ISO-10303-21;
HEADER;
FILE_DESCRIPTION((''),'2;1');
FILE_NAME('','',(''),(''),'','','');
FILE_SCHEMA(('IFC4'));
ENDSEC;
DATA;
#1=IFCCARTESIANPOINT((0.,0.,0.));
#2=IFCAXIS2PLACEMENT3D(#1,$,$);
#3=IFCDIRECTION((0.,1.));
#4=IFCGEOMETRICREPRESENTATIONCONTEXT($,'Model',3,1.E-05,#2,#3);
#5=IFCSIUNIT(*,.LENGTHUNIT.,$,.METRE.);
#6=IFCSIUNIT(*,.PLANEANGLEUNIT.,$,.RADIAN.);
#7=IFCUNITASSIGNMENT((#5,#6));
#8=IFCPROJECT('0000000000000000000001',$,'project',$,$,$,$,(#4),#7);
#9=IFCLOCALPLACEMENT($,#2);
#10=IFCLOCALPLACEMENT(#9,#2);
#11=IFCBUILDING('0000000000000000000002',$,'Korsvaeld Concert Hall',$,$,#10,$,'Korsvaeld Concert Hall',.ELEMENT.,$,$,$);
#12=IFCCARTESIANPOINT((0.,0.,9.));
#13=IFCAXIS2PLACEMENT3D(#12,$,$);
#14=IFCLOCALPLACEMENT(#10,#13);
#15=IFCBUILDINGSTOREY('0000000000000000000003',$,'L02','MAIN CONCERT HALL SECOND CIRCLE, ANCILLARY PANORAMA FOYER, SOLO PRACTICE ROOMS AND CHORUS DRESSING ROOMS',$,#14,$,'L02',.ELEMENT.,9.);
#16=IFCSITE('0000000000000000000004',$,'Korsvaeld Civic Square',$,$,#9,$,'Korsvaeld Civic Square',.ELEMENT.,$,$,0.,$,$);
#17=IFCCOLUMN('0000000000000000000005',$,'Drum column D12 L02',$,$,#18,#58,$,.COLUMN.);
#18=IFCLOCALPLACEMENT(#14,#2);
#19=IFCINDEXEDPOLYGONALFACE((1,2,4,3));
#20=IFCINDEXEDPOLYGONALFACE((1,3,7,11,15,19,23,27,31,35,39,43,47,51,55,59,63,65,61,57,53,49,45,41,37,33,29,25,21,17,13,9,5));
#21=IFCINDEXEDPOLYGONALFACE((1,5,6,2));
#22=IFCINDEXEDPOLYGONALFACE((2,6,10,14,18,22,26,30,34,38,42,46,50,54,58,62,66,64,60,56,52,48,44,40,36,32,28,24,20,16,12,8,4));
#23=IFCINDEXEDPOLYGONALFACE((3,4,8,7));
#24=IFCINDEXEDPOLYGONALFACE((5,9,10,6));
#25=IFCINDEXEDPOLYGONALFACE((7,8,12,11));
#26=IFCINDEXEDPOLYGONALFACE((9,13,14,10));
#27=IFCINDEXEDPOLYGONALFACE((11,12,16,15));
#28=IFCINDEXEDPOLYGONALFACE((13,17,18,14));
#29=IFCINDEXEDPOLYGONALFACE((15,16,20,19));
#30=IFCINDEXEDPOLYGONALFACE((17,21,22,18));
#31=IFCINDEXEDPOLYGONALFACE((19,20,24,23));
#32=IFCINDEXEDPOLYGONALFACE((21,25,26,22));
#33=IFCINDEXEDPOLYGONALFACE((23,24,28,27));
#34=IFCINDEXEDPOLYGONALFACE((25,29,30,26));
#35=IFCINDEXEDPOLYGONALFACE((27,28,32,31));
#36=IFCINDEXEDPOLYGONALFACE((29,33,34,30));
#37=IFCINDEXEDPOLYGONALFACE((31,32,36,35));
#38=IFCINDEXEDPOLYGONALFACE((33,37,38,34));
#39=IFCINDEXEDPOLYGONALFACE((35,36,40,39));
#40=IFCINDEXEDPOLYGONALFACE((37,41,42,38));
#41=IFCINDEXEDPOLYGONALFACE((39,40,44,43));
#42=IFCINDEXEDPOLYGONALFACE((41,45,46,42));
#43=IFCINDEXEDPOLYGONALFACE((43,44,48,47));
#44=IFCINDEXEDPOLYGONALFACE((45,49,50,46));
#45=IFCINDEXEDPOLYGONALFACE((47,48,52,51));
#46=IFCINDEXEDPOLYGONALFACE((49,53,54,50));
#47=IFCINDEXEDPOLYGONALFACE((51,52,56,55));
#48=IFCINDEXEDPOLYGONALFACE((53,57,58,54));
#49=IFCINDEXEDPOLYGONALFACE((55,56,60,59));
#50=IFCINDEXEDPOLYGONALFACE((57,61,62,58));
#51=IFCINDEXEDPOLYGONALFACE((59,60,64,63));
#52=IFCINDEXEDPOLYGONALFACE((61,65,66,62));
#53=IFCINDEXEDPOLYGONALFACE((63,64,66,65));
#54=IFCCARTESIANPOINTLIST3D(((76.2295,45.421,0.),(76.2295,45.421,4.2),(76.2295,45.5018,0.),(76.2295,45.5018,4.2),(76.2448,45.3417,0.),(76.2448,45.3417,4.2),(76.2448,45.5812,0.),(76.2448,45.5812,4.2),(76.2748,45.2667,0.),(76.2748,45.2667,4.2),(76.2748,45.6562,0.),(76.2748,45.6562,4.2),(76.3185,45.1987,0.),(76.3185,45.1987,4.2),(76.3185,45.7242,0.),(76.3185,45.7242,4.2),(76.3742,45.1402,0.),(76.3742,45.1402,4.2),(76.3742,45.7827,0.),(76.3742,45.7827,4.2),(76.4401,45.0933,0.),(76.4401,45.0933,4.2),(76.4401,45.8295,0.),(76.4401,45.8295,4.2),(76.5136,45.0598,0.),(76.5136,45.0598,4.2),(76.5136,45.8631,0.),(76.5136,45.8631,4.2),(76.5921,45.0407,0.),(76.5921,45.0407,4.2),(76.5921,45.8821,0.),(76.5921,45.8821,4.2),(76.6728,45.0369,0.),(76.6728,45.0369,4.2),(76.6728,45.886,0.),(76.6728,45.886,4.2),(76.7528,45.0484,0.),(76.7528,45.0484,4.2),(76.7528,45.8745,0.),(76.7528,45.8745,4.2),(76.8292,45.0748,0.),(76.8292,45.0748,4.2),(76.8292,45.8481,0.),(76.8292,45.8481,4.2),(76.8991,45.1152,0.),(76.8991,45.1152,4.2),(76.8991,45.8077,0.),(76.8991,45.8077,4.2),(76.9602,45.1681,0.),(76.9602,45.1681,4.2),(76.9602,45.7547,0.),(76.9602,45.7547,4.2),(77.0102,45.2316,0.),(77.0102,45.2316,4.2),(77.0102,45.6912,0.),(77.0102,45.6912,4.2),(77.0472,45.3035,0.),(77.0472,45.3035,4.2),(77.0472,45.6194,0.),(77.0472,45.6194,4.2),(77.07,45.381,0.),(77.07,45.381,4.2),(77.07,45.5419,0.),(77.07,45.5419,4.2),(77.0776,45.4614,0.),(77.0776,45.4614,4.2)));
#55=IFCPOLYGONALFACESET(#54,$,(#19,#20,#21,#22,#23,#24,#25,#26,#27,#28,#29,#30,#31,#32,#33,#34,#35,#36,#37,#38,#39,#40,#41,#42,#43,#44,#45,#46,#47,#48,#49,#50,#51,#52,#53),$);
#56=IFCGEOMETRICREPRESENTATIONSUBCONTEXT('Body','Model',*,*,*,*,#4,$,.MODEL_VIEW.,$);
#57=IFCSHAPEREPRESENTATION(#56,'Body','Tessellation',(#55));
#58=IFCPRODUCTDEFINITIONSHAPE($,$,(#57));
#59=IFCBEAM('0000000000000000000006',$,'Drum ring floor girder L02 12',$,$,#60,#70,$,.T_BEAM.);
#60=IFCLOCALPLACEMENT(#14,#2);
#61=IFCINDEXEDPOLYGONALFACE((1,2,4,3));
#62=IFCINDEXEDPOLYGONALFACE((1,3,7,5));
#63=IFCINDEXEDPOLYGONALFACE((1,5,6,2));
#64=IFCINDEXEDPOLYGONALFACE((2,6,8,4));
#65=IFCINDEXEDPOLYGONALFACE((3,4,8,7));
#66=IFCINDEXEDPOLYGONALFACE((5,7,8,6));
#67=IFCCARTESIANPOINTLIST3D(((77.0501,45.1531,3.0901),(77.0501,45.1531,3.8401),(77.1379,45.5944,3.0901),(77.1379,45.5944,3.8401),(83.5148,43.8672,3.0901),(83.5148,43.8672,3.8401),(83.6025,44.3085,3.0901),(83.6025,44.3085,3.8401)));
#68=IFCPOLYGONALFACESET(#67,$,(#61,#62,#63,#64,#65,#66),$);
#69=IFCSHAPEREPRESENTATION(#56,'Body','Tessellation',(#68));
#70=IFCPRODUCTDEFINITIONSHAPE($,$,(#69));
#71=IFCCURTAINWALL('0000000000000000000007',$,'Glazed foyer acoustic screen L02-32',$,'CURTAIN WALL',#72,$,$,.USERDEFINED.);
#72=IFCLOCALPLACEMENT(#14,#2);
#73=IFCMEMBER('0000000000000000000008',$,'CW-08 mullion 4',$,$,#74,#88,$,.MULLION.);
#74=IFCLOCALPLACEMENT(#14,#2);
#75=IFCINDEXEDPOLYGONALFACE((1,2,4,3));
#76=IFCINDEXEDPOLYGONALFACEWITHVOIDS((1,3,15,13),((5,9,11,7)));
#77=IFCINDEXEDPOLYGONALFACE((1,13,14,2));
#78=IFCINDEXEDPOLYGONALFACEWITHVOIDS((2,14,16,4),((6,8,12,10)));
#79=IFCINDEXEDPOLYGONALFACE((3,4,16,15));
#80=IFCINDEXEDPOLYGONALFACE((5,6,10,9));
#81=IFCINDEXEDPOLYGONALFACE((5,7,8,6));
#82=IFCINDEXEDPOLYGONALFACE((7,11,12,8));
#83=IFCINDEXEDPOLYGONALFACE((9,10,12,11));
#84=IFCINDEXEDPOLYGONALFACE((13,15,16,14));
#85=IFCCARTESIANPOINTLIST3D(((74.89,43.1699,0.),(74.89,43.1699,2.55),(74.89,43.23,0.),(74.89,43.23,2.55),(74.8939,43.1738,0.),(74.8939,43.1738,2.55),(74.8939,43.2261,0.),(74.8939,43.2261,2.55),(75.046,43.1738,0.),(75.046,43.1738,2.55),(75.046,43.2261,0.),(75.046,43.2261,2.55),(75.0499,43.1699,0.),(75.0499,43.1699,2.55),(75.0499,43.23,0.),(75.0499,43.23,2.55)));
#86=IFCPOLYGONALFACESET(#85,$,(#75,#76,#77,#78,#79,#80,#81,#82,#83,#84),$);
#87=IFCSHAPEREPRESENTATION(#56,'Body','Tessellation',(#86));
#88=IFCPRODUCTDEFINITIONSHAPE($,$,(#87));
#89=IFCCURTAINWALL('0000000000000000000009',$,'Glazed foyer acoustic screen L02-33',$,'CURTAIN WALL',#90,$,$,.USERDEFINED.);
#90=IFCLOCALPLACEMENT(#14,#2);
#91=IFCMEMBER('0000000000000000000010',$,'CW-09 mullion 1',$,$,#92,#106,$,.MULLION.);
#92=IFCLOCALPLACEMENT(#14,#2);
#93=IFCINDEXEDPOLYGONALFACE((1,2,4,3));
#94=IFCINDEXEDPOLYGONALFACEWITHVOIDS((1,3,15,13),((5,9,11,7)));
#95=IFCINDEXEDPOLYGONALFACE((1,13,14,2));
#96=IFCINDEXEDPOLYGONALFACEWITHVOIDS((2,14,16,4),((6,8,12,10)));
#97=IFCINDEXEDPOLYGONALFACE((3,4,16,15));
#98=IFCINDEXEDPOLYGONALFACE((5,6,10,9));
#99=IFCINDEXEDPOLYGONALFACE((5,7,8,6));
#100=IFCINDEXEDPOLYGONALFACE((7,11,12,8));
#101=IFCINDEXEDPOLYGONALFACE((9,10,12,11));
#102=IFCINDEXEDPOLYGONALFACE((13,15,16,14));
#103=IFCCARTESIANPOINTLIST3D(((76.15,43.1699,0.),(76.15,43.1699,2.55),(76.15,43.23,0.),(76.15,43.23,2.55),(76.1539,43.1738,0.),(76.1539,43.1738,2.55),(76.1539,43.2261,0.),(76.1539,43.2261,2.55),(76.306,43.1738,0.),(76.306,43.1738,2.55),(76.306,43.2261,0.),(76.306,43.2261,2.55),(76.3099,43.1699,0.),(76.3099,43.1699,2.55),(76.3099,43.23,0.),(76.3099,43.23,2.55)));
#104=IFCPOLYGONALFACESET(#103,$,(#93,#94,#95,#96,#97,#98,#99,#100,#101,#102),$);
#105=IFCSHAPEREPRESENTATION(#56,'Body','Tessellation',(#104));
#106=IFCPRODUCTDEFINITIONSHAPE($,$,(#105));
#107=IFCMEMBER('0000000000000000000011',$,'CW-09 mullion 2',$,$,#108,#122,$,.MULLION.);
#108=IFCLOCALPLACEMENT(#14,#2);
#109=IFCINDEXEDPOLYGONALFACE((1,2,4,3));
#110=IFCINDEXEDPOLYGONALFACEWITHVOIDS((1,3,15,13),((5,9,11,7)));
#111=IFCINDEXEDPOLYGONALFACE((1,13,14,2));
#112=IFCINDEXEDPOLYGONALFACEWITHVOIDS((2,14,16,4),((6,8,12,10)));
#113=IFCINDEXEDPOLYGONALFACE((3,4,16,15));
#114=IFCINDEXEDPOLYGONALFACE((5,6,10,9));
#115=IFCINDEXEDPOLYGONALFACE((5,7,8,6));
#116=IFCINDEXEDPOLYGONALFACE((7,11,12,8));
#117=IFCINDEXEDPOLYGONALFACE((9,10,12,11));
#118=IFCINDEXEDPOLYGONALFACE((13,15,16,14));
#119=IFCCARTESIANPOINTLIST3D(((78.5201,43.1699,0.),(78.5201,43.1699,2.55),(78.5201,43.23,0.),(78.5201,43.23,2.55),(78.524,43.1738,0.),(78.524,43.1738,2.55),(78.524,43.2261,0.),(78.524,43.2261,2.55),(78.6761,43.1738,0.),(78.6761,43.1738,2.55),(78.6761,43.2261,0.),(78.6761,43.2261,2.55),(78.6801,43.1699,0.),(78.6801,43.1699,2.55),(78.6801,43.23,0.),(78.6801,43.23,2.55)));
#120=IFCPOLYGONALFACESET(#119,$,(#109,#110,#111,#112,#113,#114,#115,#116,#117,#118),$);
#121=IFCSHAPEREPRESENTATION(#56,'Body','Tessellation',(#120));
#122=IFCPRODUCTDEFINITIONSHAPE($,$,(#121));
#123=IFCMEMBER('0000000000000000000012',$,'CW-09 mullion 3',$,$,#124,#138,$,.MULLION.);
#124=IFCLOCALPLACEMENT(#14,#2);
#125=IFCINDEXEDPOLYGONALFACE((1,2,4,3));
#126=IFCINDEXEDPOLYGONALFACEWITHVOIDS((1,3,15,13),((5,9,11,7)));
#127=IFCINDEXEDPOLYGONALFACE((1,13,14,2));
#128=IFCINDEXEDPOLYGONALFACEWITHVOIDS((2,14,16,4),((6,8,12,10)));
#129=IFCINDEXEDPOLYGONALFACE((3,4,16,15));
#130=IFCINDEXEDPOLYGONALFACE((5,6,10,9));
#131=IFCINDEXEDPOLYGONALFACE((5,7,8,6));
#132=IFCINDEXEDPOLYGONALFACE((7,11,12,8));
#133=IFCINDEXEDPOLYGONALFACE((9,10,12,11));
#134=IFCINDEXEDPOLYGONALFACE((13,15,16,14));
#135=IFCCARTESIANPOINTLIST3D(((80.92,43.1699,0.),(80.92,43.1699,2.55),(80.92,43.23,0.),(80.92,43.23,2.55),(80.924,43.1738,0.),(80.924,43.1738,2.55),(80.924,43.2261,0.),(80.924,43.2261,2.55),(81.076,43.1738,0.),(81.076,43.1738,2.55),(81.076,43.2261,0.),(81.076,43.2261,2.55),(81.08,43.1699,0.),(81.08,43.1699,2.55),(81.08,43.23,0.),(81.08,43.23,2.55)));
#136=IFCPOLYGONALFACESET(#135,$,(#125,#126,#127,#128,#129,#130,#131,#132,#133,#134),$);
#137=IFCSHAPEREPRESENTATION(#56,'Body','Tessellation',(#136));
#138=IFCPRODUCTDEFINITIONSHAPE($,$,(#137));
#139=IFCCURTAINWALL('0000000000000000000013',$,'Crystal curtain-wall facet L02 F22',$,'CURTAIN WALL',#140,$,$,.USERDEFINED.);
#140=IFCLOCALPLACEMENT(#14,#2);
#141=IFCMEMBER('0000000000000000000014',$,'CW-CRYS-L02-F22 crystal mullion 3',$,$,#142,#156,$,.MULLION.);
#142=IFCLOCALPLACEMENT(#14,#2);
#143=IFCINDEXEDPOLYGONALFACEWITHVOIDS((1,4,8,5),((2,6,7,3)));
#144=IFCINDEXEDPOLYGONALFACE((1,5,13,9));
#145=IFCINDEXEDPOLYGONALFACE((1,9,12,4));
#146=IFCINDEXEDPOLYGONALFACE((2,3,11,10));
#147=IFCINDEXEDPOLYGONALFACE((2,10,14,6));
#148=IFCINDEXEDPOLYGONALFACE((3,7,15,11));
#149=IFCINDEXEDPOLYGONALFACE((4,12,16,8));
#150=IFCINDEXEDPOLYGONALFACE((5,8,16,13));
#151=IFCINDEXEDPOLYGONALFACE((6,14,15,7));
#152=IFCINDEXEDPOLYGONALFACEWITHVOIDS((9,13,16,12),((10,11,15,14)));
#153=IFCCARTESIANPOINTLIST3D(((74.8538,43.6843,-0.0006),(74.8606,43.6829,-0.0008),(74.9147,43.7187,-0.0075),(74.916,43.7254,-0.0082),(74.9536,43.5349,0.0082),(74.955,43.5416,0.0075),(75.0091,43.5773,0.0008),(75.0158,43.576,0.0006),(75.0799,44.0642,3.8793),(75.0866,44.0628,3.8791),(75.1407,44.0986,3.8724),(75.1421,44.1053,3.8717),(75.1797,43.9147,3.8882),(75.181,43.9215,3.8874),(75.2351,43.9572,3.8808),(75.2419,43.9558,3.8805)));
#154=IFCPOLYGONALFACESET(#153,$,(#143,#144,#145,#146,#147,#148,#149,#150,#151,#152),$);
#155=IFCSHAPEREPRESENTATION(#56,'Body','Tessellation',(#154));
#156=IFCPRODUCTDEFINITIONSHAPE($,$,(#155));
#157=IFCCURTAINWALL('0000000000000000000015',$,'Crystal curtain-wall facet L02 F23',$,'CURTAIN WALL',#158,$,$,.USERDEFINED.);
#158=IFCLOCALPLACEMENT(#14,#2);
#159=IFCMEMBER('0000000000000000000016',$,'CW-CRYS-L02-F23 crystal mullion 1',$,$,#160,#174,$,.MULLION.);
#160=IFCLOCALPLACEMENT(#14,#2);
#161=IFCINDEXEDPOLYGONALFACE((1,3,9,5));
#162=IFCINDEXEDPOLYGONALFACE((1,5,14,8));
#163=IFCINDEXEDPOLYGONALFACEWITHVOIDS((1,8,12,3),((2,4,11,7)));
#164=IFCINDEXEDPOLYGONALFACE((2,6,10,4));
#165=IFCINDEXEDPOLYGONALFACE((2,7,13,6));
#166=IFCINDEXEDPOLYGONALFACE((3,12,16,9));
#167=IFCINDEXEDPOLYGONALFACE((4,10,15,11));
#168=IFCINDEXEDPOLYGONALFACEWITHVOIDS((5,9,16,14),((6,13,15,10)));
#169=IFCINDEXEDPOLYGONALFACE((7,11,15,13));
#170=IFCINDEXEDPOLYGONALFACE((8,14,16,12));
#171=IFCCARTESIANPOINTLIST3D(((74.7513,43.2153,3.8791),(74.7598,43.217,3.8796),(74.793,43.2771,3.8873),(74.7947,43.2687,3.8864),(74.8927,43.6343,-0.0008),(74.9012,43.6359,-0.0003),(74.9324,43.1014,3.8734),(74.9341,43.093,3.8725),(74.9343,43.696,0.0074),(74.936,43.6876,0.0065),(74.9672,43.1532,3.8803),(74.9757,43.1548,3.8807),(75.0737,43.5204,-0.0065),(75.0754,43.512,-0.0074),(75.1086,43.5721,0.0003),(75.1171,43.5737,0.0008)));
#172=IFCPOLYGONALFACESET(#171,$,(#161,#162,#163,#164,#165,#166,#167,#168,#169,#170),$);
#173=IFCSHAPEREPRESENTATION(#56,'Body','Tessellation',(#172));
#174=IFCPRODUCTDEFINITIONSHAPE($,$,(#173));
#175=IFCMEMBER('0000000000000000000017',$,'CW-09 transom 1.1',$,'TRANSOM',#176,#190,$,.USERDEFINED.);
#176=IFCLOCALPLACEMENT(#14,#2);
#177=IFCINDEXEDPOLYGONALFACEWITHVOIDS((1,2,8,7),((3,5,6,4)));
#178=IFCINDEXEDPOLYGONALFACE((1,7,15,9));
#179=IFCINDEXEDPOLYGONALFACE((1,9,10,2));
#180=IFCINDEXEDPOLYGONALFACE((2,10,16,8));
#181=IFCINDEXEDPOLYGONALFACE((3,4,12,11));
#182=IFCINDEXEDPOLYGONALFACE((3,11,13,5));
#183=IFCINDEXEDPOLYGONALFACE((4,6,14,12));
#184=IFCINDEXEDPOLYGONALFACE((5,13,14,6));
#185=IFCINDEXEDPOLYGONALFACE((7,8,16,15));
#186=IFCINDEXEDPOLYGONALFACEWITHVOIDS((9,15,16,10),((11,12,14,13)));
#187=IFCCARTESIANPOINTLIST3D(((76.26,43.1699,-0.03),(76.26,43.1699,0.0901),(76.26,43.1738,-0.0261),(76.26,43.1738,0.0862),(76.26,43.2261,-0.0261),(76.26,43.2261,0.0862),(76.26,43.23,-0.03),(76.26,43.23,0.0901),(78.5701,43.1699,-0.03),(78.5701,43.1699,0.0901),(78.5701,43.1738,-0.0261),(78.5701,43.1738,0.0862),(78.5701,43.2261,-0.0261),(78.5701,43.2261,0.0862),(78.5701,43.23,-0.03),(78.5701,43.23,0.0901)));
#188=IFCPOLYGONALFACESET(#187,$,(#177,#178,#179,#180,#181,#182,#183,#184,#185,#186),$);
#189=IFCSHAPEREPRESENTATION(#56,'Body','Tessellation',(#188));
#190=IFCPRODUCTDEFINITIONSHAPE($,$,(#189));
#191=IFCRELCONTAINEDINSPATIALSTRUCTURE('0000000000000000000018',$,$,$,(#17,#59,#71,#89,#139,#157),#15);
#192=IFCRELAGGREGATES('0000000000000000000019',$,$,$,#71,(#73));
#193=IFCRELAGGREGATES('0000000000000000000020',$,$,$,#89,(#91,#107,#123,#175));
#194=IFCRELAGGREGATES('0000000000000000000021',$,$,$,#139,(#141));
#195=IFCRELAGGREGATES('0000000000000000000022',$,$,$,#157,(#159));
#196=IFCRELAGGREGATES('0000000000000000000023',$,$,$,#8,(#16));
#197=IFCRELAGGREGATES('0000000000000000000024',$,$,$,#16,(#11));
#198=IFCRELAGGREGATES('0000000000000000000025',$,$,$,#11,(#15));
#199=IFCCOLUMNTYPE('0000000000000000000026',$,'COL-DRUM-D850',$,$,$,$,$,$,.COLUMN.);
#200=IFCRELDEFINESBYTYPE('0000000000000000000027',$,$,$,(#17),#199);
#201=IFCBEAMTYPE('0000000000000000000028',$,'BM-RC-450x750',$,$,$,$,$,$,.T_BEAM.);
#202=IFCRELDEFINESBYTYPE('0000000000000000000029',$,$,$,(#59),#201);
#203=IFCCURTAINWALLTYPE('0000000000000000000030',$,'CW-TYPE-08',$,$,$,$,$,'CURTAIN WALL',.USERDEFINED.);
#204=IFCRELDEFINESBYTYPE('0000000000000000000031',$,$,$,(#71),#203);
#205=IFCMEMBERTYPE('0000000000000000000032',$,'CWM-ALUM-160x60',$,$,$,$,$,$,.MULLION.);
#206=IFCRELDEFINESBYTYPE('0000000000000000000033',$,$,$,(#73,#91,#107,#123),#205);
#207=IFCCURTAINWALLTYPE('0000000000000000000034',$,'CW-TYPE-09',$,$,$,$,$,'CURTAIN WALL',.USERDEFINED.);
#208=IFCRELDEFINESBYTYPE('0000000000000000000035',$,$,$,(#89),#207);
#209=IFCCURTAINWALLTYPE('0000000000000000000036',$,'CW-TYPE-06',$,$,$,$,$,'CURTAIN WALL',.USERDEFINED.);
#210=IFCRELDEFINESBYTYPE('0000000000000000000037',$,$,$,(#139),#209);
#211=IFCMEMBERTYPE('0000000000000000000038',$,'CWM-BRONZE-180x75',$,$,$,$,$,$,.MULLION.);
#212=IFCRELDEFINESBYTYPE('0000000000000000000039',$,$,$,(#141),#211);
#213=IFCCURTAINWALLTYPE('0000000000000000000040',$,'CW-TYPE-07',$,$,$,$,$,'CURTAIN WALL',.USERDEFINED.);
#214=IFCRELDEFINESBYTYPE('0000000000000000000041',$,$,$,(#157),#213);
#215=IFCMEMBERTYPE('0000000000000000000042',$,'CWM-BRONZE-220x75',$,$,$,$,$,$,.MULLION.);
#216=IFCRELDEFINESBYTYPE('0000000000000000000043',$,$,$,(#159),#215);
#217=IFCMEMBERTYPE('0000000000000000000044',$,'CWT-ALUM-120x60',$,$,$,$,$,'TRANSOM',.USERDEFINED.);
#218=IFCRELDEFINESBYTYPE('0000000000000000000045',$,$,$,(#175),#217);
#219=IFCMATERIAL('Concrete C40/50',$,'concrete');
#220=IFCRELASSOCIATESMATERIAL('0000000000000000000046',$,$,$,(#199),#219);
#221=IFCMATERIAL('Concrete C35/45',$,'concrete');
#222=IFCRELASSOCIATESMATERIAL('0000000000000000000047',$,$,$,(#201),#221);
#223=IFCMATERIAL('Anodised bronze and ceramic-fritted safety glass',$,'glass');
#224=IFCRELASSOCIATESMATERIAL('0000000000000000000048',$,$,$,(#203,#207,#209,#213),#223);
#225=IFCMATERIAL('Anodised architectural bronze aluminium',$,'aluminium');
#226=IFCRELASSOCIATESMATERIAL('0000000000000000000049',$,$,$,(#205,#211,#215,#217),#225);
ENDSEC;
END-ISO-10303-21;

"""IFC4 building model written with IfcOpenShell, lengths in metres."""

from ifc_helpers import new_model, si_unit, direction, frame, origin, origin_2d, place, context, subcontext, project, spatial, rectangle, hollow_rectangle, circle, extrude, material, material_profile, profile_set, type_object, element, aggregate, save


model = new_model("IFC4")

# Units and contexts
model_context = context("Model", 3, precision=1e-05, world=origin(), true_north=direction((0.0, 1.0)))
body_context = subcontext(model_context, "Body", "Model", "MODEL_VIEW")
ifc_project = project(units=[si_unit("LENGTHUNIT", "METRE"), si_unit("PLANEANGLEUNIT", "RADIAN")], contexts=[model_context])

# Site, building, storey
site_placement = place(None, origin())
site = spatial("IfcSite", under=ifc_project, at=site_placement, Name="Korsvaeld Civic Square", LongName="Korsvaeld Civic Square", CompositionType="ELEMENT", RefElevation=0.0)
building_placement = place(site_placement, origin())
building = spatial("IfcBuilding", under=site, at=building_placement, Name="Korsvaeld Concert Hall", LongName="Korsvaeld Concert Hall", CompositionType="ELEMENT")
storey_placement = place(building_placement, frame((0.0, 0.0, 9.0)))
storey = spatial("IfcBuildingStorey", under=building, at=storey_placement, Name="L02", Description="MAIN CONCERT HALL SECOND CIRCLE, ANCILLARY PANORAMA FOYER, SOLO PRACTICE ROOMS AND CHORUS DRESSING ROOMS", LongName="L02", CompositionType="ELEMENT", Elevation=9.0)

# Column
ifc_material_1 = material(Name="Concrete C40/50", Category="concrete")
ifc_material_profile_1 = material_profile(ifc_material_1, circle(Radius=0.425, at=origin_2d()), Name="RC D850")
ifc_profile_set_1 = profile_set([ifc_material_profile_1], Name="Concrete C40/50")
column_type = type_object("IfcColumnType", Name="COL-DRUM-D850", PredefinedType="COLUMN", material=ifc_profile_set_1)
column_placement = place(storey_placement, frame((76.6526, 45.4614, 0.0), z_axis=(0.0, 0.0, 1.0), x_axis=(1.0, 0.0, 0.0)))
element("IfcColumn", 1, at=column_placement, inside=storey, type_object=column_type, Name="Drum column D12 L02", PredefinedType="COLUMN", context=body_context, shape_type="SweptSolid", body=[
    extrude(circle(Radius=0.425, at=origin_2d()), origin(), (0.0, 0.0, 1.0), 4.2),
])

# Beam
ifc_material_2 = material(Name="Concrete C35/45", Category="concrete")
ifc_material_profile_2 = material_profile(ifc_material_2, rectangle(XDim=0.45, YDim=0.75, at=origin_2d()), Name="RC 450x750")
ifc_profile_set_2 = profile_set([ifc_material_profile_2], Name="Concrete C35/45")
beam_type = type_object("IfcBeamType", Name="BM-RC-450x750", PredefinedType="T_BEAM", material=ifc_profile_set_2)
beam_placement = place(storey_placement, frame((77.094, 45.3738, 3.4651), z_axis=(0.980785, -0.19509, 0.0), x_axis=(0.19509, 0.980785, 0.0)))
element("IfcBeam", 2, at=beam_placement, inside=storey, type_object=beam_type, Name="Drum ring floor girder L02 12", PredefinedType="T_BEAM", context=body_context, shape_type="SweptSolid", body=[
    extrude(rectangle(XDim=0.45, YDim=0.75, at=origin_2d()), origin(), (0.0, 0.0, 1.0), 6.5913),
])

# Curtain wall, member
ifc_material_3 = material(Name="Anodised bronze and ceramic-fritted safety glass", Category="glass")
curtain_wall_type_1 = type_object("IfcCurtainWallType", Name="CW-TYPE-08", ElementType="CURTAIN WALL", PredefinedType="USERDEFINED", material=ifc_material_3)
curtain_wall_1_placement = place(storey_placement, origin())
curtain_wall_1 = element("IfcCurtainWall", 3, at=curtain_wall_1_placement, inside=storey, type_object=curtain_wall_type_1, Name="Glazed foyer acoustic screen L02-32", ObjectType="CURTAIN WALL", PredefinedType="USERDEFINED")
ifc_material_4 = material(Name="Anodised architectural bronze aluminium", Category="aluminium")
ifc_material_profile_3 = material_profile(ifc_material_4, hollow_rectangle(XDim=0.0601, YDim=0.1599, WallThickness=0.0039, at=origin_2d()), Name="CWM 160x60x4")
ifc_profile_set_3 = profile_set([ifc_material_profile_3], Name="Anodised architectural bronze aluminium")
member_type_1 = type_object("IfcMemberType", Name="CWM-ALUM-160x60", PredefinedType="MULLION", material=ifc_profile_set_3)
member_1_placement = place(storey_placement, frame((74.97, 43.2, 0.0), z_axis=(0.0, 0.0, 1.0), x_axis=(0.0, 1.0, 0.0)))
member_1 = element("IfcMember", 4, at=member_1_placement, type_object=member_type_1, Name="CW-08 mullion 4", PredefinedType="MULLION", context=body_context, shape_type="SweptSolid", body=[
    extrude(hollow_rectangle(XDim=0.0601, YDim=0.1599, WallThickness=0.0039, at=origin_2d()), origin(), (0.0, 0.0, 1.0), 2.55),
])
aggregate(curtain_wall_1, [member_1])

# Curtain wall, members
curtain_wall_type_2 = type_object("IfcCurtainWallType", Name="CW-TYPE-09", ElementType="CURTAIN WALL", PredefinedType="USERDEFINED", material=ifc_material_3)
curtain_wall_2_placement = place(storey_placement, origin())
curtain_wall_2 = element("IfcCurtainWall", 5, at=curtain_wall_2_placement, inside=storey, type_object=curtain_wall_type_2, Name="Glazed foyer acoustic screen L02-33", ObjectType="CURTAIN WALL", PredefinedType="USERDEFINED")
member_2_placement = place(storey_placement, frame((76.23, 43.2, 0.0), z_axis=(0.0, 0.0, 1.0), x_axis=(0.0, 1.0, 0.0)))
member_2 = element("IfcMember", 6, at=member_2_placement, type_object=member_type_1, Name="CW-09 mullion 1", PredefinedType="MULLION", context=body_context, shape_type="SweptSolid", body=[
    extrude(hollow_rectangle(XDim=0.0601, YDim=0.1599, WallThickness=0.0039, at=origin_2d()), origin(), (0.0, 0.0, 1.0), 2.55),
])
member_3_placement = place(storey_placement, frame((78.6001, 43.2, 0.0), z_axis=(0.0, 0.0, 1.0), x_axis=(0.0, 1.0, 0.0)))
member_3 = element("IfcMember", 7, at=member_3_placement, type_object=member_type_1, Name="CW-09 mullion 2", PredefinedType="MULLION", context=body_context, shape_type="SweptSolid", body=[
    extrude(hollow_rectangle(XDim=0.0601, YDim=0.1599, WallThickness=0.0039, at=origin_2d()), origin(), (0.0, 0.0, 1.0), 2.55),
])
member_4_placement = place(storey_placement, frame((81.0, 43.2, 0.0), z_axis=(0.0, 0.0, 1.0), x_axis=(0.0, 1.0, 0.0)))
member_4 = element("IfcMember", 8, at=member_4_placement, type_object=member_type_1, Name="CW-09 mullion 3", PredefinedType="MULLION", context=body_context, shape_type="SweptSolid", body=[
    extrude(hollow_rectangle(XDim=0.0601, YDim=0.1599, WallThickness=0.0039, at=origin_2d()), origin(), (0.0, 0.0, 1.0), 2.55),
])

# Curtain walls, members
curtain_wall_type_3 = type_object("IfcCurtainWallType", Name="CW-TYPE-06", ElementType="CURTAIN WALL", PredefinedType="USERDEFINED", material=ifc_material_3)
curtain_wall_3_placement = place(storey_placement, origin())
curtain_wall_3 = element("IfcCurtainWall", 9, at=curtain_wall_3_placement, inside=storey, type_object=curtain_wall_type_3, Name="Crystal curtain-wall facet L02 F22", ObjectType="CURTAIN WALL", PredefinedType="USERDEFINED")
ifc_material_profile_4 = material_profile(ifc_material_4, hollow_rectangle(XDim=0.075, YDim=0.1799, WallThickness=0.0049, at=origin_2d()), Name="CWM 180x75x5")
ifc_profile_set_4 = profile_set([ifc_material_profile_4], Name="Anodised architectural bronze aluminium")
member_type_2 = type_object("IfcMemberType", Name="CWM-BRONZE-180x75", PredefinedType="MULLION", material=ifc_profile_set_4)
member_5_placement = place(storey_placement, frame((74.9348, 43.6301, 0.0), z_axis=(0.057894, 0.097281, 0.993572), x_axis=(-0.829999, -0.548349, 0.102052)))
member_5 = element("IfcMember", 10, at=member_5_placement, type_object=member_type_2, Name="CW-CRYS-L02-F22 crystal mullion 3", PredefinedType="MULLION", context=body_context, shape_type="SweptSolid", body=[
    extrude(hollow_rectangle(XDim=0.075, YDim=0.1799, WallThickness=0.0049, at=origin_2d()), origin(), (0.0, 0.0, 1.0), 3.905),
])
curtain_wall_type_4 = type_object("IfcCurtainWallType", Name="CW-TYPE-07", ElementType="CURTAIN WALL", PredefinedType="USERDEFINED", material=ifc_material_3)
curtain_wall_4_placement = place(storey_placement, origin())
curtain_wall_4 = element("IfcCurtainWall", 11, at=curtain_wall_4_placement, inside=storey, type_object=curtain_wall_type_4, Name="Crystal curtain-wall facet L02 F23", ObjectType="CURTAIN WALL", PredefinedType="USERDEFINED")
ifc_material_profile_5 = material_profile(ifc_material_4, hollow_rectangle(XDim=0.075, YDim=0.22, WallThickness=0.0061, at=origin_2d()), Name="CWM 220x75x6")
ifc_profile_set_5 = profile_set([ifc_material_profile_5], Name="Anodised architectural bronze aluminium")
member_type_3 = type_object("IfcMemberType", Name="CWM-BRONZE-220x75", PredefinedType="MULLION", material=ifc_profile_set_5)
member_6_placement = place(storey_placement, frame((75.0049, 43.604, 0.0), z_axis=(-0.036199, -0.107284, 0.993569), x_axis=(0.555586, 0.824251, 0.109244)))
member_6 = element("IfcMember", 12, at=member_6_placement, type_object=member_type_3, Name="CW-CRYS-L02-F23 crystal mullion 1", PredefinedType="MULLION", context=body_context, shape_type="SweptSolid", body=[
    extrude(hollow_rectangle(XDim=0.075, YDim=0.22, WallThickness=0.0061, at=origin_2d()), origin(), (0.0, 0.0, 1.0), 3.905),
])

# Member
ifc_material_profile_6 = material_profile(ifc_material_4, hollow_rectangle(XDim=0.0601, YDim=0.1201, WallThickness=0.0039, at=origin_2d()), Name="CWT 120x60x4")
ifc_profile_set_6 = profile_set([ifc_material_profile_6], Name="Anodised architectural bronze aluminium")
member_type_4 = type_object("IfcMemberType", Name="CWT-ALUM-120x60", ElementType="TRANSOM", PredefinedType="USERDEFINED", material=ifc_profile_set_6)
member_7_placement = place(storey_placement, frame((76.26, 43.2, 0.03), z_axis=(1.0, 0.0, 0.0), x_axis=(0.0, 1.0, 0.0)))
member_7 = element("IfcMember", 13, at=member_7_placement, type_object=member_type_4, Name="CW-09 transom 1.1", ObjectType="TRANSOM", PredefinedType="USERDEFINED", context=body_context, shape_type="SweptSolid", body=[
    extrude(hollow_rectangle(XDim=0.0601, YDim=0.1201, WallThickness=0.0039, at=origin_2d()), origin(), (0.0, 0.0, 1.0), 2.3101),
])

aggregate(curtain_wall_2, [member_2, member_3, member_4, member_7])
aggregate(curtain_wall_3, [member_5])
aggregate(curtain_wall_4, [member_6])

save(model, "model.ifc")
